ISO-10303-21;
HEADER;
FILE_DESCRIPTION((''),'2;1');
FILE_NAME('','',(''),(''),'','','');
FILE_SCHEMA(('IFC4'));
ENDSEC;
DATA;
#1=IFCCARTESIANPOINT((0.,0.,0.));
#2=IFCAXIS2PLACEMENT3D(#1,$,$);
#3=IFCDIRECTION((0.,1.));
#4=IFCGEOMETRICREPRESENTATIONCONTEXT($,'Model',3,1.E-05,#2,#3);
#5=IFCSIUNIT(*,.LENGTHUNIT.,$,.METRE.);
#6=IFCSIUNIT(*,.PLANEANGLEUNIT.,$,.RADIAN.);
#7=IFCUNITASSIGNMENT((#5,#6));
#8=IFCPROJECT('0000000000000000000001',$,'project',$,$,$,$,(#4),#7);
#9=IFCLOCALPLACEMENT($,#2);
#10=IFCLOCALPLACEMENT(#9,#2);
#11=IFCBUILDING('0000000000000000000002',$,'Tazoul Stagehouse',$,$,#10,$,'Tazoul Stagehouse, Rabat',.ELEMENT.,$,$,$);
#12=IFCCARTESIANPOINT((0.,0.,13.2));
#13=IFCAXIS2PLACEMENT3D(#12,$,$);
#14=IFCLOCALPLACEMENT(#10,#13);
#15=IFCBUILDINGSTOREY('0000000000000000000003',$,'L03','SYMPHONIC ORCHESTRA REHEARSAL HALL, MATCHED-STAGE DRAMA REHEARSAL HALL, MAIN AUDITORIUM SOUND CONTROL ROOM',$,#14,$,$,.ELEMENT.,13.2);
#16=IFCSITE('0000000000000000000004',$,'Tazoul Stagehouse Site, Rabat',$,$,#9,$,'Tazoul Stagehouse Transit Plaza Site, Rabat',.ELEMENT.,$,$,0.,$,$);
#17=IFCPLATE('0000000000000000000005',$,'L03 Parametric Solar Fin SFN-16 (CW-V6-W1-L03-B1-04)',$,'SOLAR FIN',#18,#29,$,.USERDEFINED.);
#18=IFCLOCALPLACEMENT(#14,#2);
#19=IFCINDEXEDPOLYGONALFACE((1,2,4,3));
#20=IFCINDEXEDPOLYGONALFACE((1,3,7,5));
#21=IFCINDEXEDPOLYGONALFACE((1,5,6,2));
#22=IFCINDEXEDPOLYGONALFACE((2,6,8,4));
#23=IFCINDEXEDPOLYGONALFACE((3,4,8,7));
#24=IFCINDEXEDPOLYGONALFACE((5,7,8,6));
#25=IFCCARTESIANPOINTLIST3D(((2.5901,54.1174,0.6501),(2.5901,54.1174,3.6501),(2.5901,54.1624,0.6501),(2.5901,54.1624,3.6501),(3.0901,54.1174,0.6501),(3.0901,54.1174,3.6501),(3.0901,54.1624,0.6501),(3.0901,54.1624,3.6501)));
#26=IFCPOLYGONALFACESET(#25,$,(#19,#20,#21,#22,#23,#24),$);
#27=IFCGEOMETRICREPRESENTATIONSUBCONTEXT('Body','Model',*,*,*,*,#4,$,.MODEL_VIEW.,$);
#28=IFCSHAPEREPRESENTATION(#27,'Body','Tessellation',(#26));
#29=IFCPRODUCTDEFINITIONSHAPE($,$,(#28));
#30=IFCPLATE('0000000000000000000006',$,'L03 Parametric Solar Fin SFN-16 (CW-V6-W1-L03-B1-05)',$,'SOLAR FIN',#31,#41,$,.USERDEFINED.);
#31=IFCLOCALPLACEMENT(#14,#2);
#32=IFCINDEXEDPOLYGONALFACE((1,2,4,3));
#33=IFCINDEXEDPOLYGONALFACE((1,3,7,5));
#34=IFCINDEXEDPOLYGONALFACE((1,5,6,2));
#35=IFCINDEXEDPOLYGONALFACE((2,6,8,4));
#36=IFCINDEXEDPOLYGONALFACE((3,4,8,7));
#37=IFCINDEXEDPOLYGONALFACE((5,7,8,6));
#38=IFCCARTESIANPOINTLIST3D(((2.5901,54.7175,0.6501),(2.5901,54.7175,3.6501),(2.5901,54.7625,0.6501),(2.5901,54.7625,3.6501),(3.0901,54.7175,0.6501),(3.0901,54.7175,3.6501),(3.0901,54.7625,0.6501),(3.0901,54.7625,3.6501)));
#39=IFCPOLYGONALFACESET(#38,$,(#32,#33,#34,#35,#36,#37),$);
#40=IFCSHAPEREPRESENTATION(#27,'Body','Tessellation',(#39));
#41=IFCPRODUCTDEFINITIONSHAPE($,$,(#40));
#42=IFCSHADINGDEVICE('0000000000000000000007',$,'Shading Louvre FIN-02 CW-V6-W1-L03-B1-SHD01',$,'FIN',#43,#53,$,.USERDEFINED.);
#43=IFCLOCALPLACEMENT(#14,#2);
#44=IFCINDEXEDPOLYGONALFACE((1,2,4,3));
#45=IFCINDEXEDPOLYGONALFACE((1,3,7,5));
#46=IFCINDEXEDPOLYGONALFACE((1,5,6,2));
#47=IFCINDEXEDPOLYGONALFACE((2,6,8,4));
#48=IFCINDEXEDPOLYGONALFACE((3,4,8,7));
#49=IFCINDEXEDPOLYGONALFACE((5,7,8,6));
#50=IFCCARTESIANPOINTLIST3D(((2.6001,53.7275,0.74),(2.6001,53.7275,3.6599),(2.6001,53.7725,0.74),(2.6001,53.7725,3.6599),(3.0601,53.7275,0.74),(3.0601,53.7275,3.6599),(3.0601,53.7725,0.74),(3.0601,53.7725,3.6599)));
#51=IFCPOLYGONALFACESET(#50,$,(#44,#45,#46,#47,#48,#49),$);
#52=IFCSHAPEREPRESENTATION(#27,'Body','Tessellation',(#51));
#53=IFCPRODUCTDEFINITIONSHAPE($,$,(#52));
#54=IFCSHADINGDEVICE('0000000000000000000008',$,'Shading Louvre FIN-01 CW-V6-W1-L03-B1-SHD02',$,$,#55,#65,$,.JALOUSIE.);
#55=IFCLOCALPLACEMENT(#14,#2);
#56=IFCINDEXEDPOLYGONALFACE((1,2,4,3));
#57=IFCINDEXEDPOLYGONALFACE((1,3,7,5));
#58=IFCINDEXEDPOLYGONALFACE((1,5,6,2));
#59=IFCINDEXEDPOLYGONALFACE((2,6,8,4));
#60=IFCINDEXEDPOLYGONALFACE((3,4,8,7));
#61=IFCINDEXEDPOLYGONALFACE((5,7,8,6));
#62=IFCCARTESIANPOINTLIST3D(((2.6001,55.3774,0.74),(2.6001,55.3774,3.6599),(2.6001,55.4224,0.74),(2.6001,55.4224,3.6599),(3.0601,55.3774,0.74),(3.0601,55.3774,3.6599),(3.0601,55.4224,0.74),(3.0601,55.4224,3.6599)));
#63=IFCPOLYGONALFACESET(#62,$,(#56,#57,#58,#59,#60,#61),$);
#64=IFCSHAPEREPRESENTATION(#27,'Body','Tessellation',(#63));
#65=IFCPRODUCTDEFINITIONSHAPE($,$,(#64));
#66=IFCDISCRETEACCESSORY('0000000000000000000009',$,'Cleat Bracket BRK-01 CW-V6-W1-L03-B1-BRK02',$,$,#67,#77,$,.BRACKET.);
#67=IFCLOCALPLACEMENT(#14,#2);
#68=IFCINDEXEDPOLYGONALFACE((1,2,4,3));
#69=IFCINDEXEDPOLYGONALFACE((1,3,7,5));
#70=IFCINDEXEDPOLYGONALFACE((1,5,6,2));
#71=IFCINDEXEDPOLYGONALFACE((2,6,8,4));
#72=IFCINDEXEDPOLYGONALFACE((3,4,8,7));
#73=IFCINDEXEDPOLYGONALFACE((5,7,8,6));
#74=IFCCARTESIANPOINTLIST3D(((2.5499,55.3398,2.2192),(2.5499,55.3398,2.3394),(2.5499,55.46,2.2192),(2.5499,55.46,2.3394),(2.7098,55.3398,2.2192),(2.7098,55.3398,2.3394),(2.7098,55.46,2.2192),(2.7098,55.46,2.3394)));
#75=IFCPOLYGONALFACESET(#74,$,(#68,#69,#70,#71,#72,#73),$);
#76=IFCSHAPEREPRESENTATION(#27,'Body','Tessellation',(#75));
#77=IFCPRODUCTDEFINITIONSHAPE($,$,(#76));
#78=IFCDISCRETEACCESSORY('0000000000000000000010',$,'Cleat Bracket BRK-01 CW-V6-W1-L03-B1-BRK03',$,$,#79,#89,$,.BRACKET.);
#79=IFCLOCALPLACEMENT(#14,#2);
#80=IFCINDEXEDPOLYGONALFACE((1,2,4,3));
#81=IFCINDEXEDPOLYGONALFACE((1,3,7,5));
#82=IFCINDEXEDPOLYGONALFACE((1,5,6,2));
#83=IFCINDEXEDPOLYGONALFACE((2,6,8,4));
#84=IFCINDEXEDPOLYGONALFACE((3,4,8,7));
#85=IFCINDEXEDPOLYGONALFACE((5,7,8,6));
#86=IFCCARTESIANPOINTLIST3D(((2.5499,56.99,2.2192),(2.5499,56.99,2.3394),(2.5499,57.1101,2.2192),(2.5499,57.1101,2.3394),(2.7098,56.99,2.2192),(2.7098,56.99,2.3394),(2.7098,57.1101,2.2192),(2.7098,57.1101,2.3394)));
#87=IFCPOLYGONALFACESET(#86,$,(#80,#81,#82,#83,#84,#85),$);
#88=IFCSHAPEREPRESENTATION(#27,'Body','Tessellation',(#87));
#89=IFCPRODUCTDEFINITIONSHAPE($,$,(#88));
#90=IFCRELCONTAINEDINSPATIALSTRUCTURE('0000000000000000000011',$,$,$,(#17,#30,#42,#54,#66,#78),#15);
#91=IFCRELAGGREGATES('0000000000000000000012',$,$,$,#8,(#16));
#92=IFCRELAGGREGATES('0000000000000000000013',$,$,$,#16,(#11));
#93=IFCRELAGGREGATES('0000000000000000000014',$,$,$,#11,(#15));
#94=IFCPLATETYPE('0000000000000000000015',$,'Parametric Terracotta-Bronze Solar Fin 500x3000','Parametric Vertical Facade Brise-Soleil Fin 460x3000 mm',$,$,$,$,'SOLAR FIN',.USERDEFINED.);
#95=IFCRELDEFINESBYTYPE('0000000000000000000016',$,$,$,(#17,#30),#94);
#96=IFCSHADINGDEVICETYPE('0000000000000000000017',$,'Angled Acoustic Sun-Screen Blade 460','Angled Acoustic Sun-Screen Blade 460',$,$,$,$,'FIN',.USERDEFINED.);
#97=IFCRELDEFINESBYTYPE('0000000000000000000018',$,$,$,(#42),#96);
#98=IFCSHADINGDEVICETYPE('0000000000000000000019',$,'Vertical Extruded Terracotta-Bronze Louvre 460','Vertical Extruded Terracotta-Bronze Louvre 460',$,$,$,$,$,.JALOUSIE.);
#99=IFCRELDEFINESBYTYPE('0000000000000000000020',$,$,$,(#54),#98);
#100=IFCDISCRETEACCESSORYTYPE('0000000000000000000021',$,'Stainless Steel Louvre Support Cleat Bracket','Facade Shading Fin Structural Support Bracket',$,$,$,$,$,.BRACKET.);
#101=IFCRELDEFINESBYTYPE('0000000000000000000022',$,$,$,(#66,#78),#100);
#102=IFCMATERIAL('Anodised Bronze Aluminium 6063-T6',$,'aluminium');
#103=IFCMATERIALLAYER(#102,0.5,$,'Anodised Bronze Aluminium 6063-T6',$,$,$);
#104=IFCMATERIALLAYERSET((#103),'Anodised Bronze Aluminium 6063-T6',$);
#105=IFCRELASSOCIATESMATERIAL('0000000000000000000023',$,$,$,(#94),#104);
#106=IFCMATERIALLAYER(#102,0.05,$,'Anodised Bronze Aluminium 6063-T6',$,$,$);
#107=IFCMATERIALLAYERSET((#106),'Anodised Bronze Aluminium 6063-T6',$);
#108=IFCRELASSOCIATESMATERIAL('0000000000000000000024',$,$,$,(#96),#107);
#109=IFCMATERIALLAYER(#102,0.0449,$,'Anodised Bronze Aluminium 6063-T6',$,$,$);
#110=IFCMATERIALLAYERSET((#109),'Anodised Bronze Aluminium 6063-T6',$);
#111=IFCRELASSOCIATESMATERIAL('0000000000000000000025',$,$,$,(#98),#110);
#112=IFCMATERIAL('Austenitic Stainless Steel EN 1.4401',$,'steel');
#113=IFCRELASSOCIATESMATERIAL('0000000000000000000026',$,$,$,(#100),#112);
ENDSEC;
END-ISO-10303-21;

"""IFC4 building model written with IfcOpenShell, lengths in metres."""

from ifc_helpers import new_model, si_unit, direction, frame, origin, origin_2d, place, context, subcontext, project, spatial, rectangle, extrude, material, layer, layer_set, type_object, element, save


model = new_model("IFC4")

# Units and contexts
model_context = context("Model", 3, precision=1e-05, world=origin(), true_north=direction((0.0, 1.0)))
body_context = subcontext(model_context, "Body", "Model", "MODEL_VIEW")
ifc_project = project(units=[si_unit("LENGTHUNIT", "METRE"), si_unit("PLANEANGLEUNIT", "RADIAN")], contexts=[model_context])

# Site, building, storey
site_placement = place(None, origin())
site = spatial("IfcSite", under=ifc_project, at=site_placement, Name="Tazoul Stagehouse Site, Rabat", LongName="Tazoul Stagehouse Transit Plaza Site, Rabat", CompositionType="ELEMENT", RefElevation=0.0)
building_placement = place(site_placement, origin())
building = spatial("IfcBuilding", under=site, at=building_placement, Name="Tazoul Stagehouse", LongName="Tazoul Stagehouse, Rabat", CompositionType="ELEMENT")
storey_placement = place(building_placement, frame((0.0, 0.0, 13.2)))
storey = spatial("IfcBuildingStorey", under=building, at=storey_placement, Name="L03", Description="SYMPHONIC ORCHESTRA REHEARSAL HALL, MATCHED-STAGE DRAMA REHEARSAL HALL, MAIN AUDITORIUM SOUND CONTROL ROOM", CompositionType="ELEMENT", Elevation=13.2)

# Plates
ifc_material_1 = material(Name="Anodised Bronze Aluminium 6063-T6", Category="aluminium")
ifc_layer_1 = layer(ifc_material_1, 0.5, Name="Anodised Bronze Aluminium 6063-T6")
ifc_layer_set_1 = layer_set([ifc_layer_1], Name="Anodised Bronze Aluminium 6063-T6")
plate_type = type_object("IfcPlateType", Name="Parametric Terracotta-Bronze Solar Fin 500x3000", Description="Parametric Vertical Facade Brise-Soleil Fin 460x3000 mm", ElementType="SOLAR FIN", PredefinedType="USERDEFINED", material=ifc_layer_set_1)
for number, where, z_axis, x_axis, name in (
    (1, (2.8401, 54.1399, 0.6501), (0.0, 0.0, 1.0), (0.0, 1.0, 0.0), "L03 Parametric Solar Fin SFN-16 (CW-V6-W1-L03-B1-04)"),
    (2, (2.8401, 54.74, 0.6501), (0.0, 0.0, 1.0), (0.0, 1.0, 0.0), "L03 Parametric Solar Fin SFN-16 (CW-V6-W1-L03-B1-05)"),
):
    element("IfcPlate", number, at=place(storey_placement, frame(where, z_axis=z_axis, x_axis=x_axis)), inside=storey, type_object=plate_type, Name=name, ObjectType="SOLAR FIN", PredefinedType="USERDEFINED", context=body_context, shape_type="SweptSolid", body=[
        extrude(rectangle(XDim=0.0449, YDim=0.5, at=origin_2d()), origin(), (0.0, 0.0, 1.0), 3.0),
    ])

# Shading devices
ifc_layer_2 = layer(ifc_material_1, 0.05, Name="Anodised Bronze Aluminium 6063-T6")
ifc_layer_set_2 = layer_set([ifc_layer_2], Name="Anodised Bronze Aluminium 6063-T6")
shading_device_type_1 = type_object("IfcShadingDeviceType", Name="Angled Acoustic Sun-Screen Blade 460", Description="Angled Acoustic Sun-Screen Blade 460", ElementType="FIN", PredefinedType="USERDEFINED", material=ifc_layer_set_2)
shading_device_1_placement = place(storey_placement, frame((2.8301, 53.75, 0.74), z_axis=(0.0, 0.0, 1.0), x_axis=(0.0, 1.0, 0.0)))
element("IfcShadingDevice", 3, at=shading_device_1_placement, inside=storey, type_object=shading_device_type_1, Name="Shading Louvre FIN-02 CW-V6-W1-L03-B1-SHD01", ObjectType="FIN", PredefinedType="USERDEFINED", context=body_context, shape_type="SweptSolid", body=[
    extrude(rectangle(XDim=0.0449, YDim=0.46, at=origin_2d()), origin(), (0.0, 0.0, 1.0), 2.9199),
])
ifc_layer_3 = layer(ifc_material_1, 0.0449, Name="Anodised Bronze Aluminium 6063-T6")
ifc_layer_set_3 = layer_set([ifc_layer_3], Name="Anodised Bronze Aluminium 6063-T6")
shading_device_type_2 = type_object("IfcShadingDeviceType", Name="Vertical Extruded Terracotta-Bronze Louvre 460", Description="Vertical Extruded Terracotta-Bronze Louvre 460", PredefinedType="JALOUSIE", material=ifc_layer_set_3)
shading_device_2_placement = place(storey_placement, frame((2.8301, 55.3999, 0.74), z_axis=(0.0, 0.0, 1.0), x_axis=(0.0, 1.0, 0.0)))
element("IfcShadingDevice", 4, at=shading_device_2_placement, inside=storey, type_object=shading_device_type_2, Name="Shading Louvre FIN-01 CW-V6-W1-L03-B1-SHD02", PredefinedType="JALOUSIE", context=body_context, shape_type="SweptSolid", body=[
    extrude(rectangle(XDim=0.0449, YDim=0.46, at=origin_2d()), origin(), (0.0, 0.0, 1.0), 2.9199),
])

# Discrete accessories
ifc_material_2 = material(Name="Austenitic Stainless Steel EN 1.4401", Category="steel")
discrete_accessory_type = type_object("IfcDiscreteAccessoryType", Name="Stainless Steel Louvre Support Cleat Bracket", Description="Facade Shading Fin Structural Support Bracket", PredefinedType="BRACKET", material=ifc_material_2)
for number, where, z_axis, x_axis, name in (
    (5, (2.6299, 55.3999, 2.2192), (0.0, 0.0, 1.0), (0.0, 1.0, 0.0), "Cleat Bracket BRK-01 CW-V6-W1-L03-B1-BRK02"),
    (6, (2.6299, 57.05, 2.2192), (0.0, 0.0, 1.0), (0.0, 1.0, 0.0), "Cleat Bracket BRK-01 CW-V6-W1-L03-B1-BRK03"),
):
    element("IfcDiscreteAccessory", number, at=place(storey_placement, frame(where, z_axis=z_axis, x_axis=x_axis)), inside=storey, type_object=discrete_accessory_type, Name=name, PredefinedType="BRACKET", context=body_context, shape_type="SweptSolid", body=[
        extrude(rectangle(XDim=0.1201, YDim=0.1599, at=origin_2d()), origin(), (0.0, 0.0, 1.0), 0.1201),
    ])

save(model, "model.ifc")
